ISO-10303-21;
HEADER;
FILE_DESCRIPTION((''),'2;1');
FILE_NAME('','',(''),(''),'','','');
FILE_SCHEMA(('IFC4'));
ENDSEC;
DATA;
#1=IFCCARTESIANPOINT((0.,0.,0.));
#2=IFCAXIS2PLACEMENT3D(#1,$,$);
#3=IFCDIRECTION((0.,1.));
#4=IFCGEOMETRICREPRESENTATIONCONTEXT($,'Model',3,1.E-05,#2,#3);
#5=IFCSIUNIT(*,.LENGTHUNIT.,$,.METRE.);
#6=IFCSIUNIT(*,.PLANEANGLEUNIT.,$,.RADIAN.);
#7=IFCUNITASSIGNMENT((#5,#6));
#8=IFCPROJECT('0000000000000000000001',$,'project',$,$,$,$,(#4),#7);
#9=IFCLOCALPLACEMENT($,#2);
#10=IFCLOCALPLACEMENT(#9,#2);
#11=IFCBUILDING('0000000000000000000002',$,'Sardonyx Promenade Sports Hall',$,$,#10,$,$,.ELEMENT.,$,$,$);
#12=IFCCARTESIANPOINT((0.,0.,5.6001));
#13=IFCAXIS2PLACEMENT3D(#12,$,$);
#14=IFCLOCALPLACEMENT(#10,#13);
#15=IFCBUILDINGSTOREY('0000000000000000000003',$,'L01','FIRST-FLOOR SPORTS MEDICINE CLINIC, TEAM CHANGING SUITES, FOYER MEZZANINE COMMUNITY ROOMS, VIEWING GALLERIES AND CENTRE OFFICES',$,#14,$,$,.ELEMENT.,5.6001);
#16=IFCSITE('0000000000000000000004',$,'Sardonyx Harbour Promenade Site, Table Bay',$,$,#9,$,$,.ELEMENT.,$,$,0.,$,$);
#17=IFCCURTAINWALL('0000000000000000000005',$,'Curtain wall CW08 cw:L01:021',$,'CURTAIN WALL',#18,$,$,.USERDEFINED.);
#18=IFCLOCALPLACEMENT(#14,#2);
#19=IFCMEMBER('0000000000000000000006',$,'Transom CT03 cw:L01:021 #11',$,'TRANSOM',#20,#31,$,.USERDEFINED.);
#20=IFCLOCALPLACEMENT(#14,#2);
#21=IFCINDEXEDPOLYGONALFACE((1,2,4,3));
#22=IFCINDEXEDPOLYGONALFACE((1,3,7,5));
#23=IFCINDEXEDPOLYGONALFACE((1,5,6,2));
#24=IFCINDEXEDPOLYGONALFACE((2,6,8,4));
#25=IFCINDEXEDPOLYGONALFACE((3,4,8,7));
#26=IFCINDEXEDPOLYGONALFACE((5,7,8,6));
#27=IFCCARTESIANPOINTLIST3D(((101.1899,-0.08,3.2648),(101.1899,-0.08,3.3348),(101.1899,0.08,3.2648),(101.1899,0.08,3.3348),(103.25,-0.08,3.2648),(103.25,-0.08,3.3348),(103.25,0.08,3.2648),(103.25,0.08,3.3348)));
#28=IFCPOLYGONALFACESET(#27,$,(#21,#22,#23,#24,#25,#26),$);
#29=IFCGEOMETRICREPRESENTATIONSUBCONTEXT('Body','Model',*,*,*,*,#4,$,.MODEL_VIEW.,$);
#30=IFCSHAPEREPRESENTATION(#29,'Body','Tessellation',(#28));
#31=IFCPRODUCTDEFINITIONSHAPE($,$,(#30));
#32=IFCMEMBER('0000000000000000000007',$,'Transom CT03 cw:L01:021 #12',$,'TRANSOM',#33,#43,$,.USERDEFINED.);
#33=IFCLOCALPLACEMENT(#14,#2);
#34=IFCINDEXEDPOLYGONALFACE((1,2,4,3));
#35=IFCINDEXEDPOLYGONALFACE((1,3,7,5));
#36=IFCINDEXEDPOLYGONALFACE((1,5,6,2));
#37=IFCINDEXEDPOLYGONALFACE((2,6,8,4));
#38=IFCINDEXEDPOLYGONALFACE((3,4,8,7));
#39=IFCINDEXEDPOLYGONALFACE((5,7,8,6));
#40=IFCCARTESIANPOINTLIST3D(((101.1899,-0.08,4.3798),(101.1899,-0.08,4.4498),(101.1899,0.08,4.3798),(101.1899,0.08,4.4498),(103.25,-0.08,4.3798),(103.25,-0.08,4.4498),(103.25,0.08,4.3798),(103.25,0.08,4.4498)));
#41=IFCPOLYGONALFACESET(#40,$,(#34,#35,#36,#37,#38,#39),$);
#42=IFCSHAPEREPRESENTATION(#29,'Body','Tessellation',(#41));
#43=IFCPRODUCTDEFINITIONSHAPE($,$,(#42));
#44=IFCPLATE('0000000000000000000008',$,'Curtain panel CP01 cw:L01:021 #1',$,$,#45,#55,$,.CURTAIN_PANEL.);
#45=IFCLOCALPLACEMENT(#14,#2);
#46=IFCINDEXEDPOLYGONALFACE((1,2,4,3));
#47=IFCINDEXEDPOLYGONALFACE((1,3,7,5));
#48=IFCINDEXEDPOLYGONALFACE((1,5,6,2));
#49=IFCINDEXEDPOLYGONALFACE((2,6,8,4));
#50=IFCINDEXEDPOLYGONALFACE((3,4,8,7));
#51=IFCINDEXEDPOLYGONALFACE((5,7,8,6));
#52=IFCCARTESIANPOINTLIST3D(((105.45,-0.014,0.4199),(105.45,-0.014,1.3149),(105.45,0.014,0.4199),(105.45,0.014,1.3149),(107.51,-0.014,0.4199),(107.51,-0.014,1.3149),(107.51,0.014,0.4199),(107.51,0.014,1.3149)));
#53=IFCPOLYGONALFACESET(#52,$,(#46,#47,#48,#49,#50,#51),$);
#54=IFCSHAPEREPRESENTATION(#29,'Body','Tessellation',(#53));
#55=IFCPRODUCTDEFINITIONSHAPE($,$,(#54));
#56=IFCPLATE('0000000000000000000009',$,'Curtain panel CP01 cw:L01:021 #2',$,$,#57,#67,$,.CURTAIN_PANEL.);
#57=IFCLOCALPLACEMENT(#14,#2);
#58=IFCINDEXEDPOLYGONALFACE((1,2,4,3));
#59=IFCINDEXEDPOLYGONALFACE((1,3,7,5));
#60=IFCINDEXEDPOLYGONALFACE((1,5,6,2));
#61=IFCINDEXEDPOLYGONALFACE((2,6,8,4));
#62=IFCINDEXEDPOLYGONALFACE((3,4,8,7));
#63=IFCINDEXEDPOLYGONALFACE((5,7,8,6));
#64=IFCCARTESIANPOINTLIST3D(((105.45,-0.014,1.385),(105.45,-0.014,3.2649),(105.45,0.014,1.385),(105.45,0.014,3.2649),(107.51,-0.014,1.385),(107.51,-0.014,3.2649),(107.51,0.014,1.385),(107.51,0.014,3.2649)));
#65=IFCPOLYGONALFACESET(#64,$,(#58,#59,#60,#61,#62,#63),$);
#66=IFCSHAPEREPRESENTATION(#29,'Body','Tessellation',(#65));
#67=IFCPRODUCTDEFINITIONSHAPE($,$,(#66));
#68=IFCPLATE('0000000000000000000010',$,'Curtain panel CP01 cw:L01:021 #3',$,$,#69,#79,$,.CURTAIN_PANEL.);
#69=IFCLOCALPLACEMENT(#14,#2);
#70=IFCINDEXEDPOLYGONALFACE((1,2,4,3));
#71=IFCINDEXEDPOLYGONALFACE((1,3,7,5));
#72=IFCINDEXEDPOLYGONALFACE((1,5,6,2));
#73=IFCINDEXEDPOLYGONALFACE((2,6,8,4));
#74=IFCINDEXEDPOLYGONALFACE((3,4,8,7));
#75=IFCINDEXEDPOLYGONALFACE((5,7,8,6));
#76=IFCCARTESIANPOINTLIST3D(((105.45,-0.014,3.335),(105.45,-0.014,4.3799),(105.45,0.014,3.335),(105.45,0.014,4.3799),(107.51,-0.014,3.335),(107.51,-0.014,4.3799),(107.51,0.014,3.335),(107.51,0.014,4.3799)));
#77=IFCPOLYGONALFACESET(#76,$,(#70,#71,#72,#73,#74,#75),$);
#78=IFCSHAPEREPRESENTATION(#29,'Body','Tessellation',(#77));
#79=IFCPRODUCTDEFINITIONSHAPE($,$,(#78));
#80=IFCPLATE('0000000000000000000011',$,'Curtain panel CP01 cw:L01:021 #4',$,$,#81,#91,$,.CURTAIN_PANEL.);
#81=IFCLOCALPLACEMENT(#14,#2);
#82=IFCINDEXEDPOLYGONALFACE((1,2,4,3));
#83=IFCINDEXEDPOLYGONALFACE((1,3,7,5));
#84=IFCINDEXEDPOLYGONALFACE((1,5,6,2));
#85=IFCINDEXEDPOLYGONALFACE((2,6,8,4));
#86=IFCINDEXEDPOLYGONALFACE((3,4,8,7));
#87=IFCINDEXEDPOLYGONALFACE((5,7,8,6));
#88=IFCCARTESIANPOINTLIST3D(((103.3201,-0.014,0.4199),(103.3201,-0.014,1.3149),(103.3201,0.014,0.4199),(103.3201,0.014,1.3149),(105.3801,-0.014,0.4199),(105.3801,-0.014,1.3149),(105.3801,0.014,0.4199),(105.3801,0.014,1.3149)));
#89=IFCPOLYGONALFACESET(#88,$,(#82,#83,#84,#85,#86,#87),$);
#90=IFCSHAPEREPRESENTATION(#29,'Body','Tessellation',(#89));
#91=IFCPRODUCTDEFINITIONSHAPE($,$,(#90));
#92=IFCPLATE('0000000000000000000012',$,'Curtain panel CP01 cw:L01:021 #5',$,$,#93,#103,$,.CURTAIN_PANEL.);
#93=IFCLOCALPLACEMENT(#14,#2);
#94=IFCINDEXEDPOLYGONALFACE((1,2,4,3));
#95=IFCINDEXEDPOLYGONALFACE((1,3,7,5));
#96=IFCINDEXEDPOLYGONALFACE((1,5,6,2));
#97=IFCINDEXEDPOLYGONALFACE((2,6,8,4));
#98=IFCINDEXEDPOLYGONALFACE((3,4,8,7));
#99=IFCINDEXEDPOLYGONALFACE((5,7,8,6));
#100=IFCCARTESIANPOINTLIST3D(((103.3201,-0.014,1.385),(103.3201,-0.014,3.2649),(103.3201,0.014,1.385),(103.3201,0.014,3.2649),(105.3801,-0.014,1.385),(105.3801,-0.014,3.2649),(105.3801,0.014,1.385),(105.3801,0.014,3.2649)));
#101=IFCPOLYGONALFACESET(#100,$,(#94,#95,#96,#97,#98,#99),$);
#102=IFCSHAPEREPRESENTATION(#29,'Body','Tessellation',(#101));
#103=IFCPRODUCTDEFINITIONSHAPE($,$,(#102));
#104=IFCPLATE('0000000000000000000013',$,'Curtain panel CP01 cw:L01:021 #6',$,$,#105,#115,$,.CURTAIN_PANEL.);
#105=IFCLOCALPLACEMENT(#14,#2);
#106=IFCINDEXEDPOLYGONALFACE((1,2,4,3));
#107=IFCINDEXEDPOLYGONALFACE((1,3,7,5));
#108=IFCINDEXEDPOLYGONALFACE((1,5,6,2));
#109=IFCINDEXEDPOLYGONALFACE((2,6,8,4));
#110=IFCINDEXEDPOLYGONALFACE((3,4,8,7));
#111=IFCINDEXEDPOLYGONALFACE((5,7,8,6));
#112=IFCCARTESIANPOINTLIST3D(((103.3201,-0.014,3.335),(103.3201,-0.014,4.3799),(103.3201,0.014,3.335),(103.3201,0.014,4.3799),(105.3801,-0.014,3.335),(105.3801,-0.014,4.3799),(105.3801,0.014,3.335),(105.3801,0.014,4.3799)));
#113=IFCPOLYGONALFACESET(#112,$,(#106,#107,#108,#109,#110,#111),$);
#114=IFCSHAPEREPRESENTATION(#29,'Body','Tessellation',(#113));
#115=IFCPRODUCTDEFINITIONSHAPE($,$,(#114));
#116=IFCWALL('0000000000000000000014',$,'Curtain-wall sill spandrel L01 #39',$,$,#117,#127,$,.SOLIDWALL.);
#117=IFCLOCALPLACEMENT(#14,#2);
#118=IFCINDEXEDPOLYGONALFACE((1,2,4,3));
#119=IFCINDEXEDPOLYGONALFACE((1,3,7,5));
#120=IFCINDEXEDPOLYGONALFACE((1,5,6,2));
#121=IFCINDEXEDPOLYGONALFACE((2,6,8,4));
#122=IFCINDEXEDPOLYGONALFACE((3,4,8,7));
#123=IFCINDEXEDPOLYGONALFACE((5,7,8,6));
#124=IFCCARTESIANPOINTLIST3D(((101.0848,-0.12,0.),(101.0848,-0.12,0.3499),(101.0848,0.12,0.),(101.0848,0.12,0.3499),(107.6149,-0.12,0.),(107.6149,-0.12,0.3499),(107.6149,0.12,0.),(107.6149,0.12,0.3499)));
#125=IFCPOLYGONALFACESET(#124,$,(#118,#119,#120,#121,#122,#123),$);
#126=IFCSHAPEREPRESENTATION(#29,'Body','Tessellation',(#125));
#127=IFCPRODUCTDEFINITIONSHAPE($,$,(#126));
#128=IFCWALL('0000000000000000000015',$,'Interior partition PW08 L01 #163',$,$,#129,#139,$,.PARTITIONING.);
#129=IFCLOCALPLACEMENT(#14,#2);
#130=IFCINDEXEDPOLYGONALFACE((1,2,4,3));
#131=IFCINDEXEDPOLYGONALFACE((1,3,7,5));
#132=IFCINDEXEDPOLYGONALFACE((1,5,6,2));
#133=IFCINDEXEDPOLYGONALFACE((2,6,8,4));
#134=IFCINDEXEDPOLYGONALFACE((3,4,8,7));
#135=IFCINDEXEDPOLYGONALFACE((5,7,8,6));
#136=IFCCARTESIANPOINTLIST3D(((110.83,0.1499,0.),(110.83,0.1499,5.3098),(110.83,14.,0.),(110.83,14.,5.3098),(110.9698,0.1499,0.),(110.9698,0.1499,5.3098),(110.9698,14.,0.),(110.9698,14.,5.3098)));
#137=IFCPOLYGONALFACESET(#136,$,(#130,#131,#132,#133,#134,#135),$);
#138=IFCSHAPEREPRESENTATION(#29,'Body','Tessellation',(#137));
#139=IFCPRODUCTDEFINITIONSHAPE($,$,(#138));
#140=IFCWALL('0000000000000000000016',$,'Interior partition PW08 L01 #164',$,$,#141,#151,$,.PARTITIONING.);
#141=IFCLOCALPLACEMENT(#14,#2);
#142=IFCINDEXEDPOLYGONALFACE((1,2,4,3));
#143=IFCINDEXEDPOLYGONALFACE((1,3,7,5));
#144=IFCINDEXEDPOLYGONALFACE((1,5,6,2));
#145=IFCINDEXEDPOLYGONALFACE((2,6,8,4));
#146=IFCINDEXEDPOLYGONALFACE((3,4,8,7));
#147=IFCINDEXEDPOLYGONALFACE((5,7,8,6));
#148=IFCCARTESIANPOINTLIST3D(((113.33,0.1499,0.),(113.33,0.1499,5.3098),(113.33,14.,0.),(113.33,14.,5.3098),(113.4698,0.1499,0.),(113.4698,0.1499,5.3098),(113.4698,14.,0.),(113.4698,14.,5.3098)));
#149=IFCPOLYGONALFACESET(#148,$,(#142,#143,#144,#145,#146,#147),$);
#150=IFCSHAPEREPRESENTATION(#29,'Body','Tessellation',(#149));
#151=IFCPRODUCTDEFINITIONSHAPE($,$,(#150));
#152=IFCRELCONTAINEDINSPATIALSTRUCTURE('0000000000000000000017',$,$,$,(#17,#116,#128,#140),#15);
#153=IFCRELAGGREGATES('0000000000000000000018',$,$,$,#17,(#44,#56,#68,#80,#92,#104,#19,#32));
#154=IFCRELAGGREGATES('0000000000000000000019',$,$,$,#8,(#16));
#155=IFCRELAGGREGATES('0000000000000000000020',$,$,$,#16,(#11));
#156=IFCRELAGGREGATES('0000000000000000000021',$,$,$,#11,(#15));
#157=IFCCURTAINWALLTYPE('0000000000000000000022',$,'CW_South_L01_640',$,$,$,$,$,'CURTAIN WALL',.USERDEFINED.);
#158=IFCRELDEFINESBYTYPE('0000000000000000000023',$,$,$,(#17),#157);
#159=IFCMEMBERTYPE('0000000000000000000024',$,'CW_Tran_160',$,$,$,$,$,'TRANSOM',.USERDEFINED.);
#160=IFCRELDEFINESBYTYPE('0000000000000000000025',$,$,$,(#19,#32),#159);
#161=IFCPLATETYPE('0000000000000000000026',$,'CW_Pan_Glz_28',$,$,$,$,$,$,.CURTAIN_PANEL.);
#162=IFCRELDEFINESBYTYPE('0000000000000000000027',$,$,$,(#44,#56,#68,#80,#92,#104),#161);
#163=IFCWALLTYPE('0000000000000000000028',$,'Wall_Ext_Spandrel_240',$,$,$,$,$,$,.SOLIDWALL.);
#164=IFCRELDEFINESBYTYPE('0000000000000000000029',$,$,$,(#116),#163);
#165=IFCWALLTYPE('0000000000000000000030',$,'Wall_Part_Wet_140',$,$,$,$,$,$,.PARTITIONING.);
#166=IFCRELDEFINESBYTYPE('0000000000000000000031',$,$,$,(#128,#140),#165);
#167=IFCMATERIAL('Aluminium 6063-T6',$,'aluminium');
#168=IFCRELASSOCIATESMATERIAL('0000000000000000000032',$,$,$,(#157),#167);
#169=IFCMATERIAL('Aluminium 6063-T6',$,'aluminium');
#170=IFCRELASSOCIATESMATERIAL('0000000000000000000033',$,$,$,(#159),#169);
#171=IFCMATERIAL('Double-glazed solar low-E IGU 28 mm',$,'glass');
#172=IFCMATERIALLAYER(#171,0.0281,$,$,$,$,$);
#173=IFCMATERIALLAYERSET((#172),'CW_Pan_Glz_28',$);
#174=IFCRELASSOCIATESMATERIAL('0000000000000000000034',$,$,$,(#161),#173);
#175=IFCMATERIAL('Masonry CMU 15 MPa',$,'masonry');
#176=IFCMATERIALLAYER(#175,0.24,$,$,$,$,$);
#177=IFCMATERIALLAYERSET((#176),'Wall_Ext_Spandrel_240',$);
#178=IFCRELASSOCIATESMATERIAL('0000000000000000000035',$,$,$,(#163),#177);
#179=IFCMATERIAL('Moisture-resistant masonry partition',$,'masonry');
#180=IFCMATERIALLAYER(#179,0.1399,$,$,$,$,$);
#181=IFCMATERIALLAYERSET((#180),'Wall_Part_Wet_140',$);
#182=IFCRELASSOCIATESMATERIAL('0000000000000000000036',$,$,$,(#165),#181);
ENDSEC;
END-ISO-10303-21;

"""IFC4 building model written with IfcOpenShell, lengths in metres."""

from ifc_helpers import new_model, si_unit, direction, frame, frame_2d, origin, origin_2d, place, context, subcontext, project, spatial, rectangle, extrude, material, layer, layer_set, material_profile, profile_set, type_object, element, aggregate, save


model = new_model("IFC4")

# Units and contexts
model_context = context("Model", 3, precision=1e-05, world=origin(), true_north=direction((0.0, 1.0)))
body_context = subcontext(model_context, "Body", "Model", "MODEL_VIEW")
ifc_project = project(units=[si_unit("LENGTHUNIT", "METRE"), si_unit("PLANEANGLEUNIT", "RADIAN")], contexts=[model_context])

# Site, building, storey
site_placement = place(None, origin())
site = spatial("IfcSite", under=ifc_project, at=site_placement, Name="Sardonyx Harbour Promenade Site, Table Bay", CompositionType="ELEMENT", RefElevation=0.0)
building_placement = place(site_placement, origin())
building = spatial("IfcBuilding", under=site, at=building_placement, Name="Sardonyx Promenade Sports Hall", CompositionType="ELEMENT")
storey_placement = place(building_placement, frame((0.0, 0.0, 5.6001)))
storey = spatial("IfcBuildingStorey", under=building, at=storey_placement, Name="L01", Description="FIRST-FLOOR SPORTS MEDICINE CLINIC, TEAM CHANGING SUITES, FOYER MEZZANINE COMMUNITY ROOMS, VIEWING GALLERIES AND CENTRE OFFICES", CompositionType="ELEMENT", Elevation=5.6001)

# Curtain wall, members, plates
ifc_material_1 = material(Name="Aluminium 6063-T6", Category="aluminium")
curtain_wall_type = type_object("IfcCurtainWallType", Name="CW_South_L01_640", ElementType="CURTAIN WALL", PredefinedType="USERDEFINED", material=ifc_material_1)
curtain_wall_placement = place(storey_placement, origin())
curtain_wall = element("IfcCurtainWall", 1, at=curtain_wall_placement, inside=storey, type_object=curtain_wall_type, Name="Curtain wall CW08 cw:L01:021", ObjectType="CURTAIN WALL", PredefinedType="USERDEFINED")
ifc_material_2 = material(Name="Aluminium 6063-T6", Category="aluminium")
ifc_material_profile_1 = material_profile(ifc_material_2, rectangle(XDim=0.0701, YDim=0.1599, at=origin_2d()))
ifc_profile_set_1 = profile_set([ifc_material_profile_1], Name="Aluminium 6063-T6")
member_type_1 = type_object("IfcMemberType", Name="CW_Tran_160", ElementType="TRANSOM", PredefinedType="USERDEFINED", material=ifc_profile_set_1)
member_1_placement = place(storey_placement, frame((103.25, 0.0, 3.2998), z_axis=(-1.0, 0.0, 0.0), x_axis=(0.0, 0.0, 1.0)))
member_1 = element("IfcMember", 2, at=member_1_placement, type_object=member_type_1, Name="Transom CT03 cw:L01:021 #11", ObjectType="TRANSOM", PredefinedType="USERDEFINED", context=body_context, shape_type="SweptSolid", body=[
    extrude(rectangle(XDim=0.0701, YDim=0.1599, at=origin_2d()), origin(), (0.0, 0.0, 1.0), 2.0601),
])
member_2_placement = place(storey_placement, frame((103.25, 0.0, 4.4148), z_axis=(-1.0, 0.0, 0.0), x_axis=(0.0, 0.0, 1.0)))
member_2 = element("IfcMember", 3, at=member_2_placement, type_object=member_type_1, Name="Transom CT03 cw:L01:021 #12", ObjectType="TRANSOM", PredefinedType="USERDEFINED", context=body_context, shape_type="SweptSolid", body=[
    extrude(rectangle(XDim=0.0701, YDim=0.1599, at=origin_2d()), origin(), (0.0, 0.0, 1.0), 2.0601),
])
ifc_material_3 = material(Name="Double-glazed solar low-E IGU 28 mm", Category="glass")
ifc_layer_1 = layer(ifc_material_3, 0.0281)
ifc_layer_set_1 = layer_set([ifc_layer_1], Name="CW_Pan_Glz_28")
plate_type = type_object("IfcPlateType", Name="CW_Pan_Glz_28", PredefinedType="CURTAIN_PANEL", material=ifc_layer_set_1)
plate_1_placement = place(storey_placement, frame((106.48, 0.0, 0.4199), z_axis=(0.0, 0.0, 1.0), x_axis=(-1.0, 0.0, 0.0)))
plate_1 = element("IfcPlate", 4, at=plate_1_placement, type_object=plate_type, Name="Curtain panel CP01 cw:L01:021 #1", PredefinedType="CURTAIN_PANEL", context=body_context, shape_type="SweptSolid", body=[
    extrude(rectangle(XDim=2.0601, YDim=0.0281, at=origin_2d()), origin(), (0.0, 0.0, 1.0), 0.895),
])
plate_2_placement = place(storey_placement, frame((106.48, 0.0, 1.385), z_axis=(0.0, 0.0, 1.0), x_axis=(-1.0, 0.0, 0.0)))
plate_2 = element("IfcPlate", 5, at=plate_2_placement, type_object=plate_type, Name="Curtain panel CP01 cw:L01:021 #2", PredefinedType="CURTAIN_PANEL", context=body_context, shape_type="SweptSolid", body=[
    extrude(rectangle(XDim=2.0601, YDim=0.0281, at=origin_2d()), origin(), (0.0, 0.0, 1.0), 1.8799),
])
plate_3_placement = place(storey_placement, frame((106.48, 0.0, 3.335), z_axis=(0.0, 0.0, 1.0), x_axis=(-1.0, 0.0, 0.0)))
plate_3 = element("IfcPlate", 6, at=plate_3_placement, type_object=plate_type, Name="Curtain panel CP01 cw:L01:021 #3", PredefinedType="CURTAIN_PANEL", context=body_context, shape_type="SweptSolid", body=[
    extrude(rectangle(XDim=2.0601, YDim=0.0281, at=origin_2d()), origin(), (0.0, 0.0, 1.0), 1.0449),
])
plate_4_placement = place(storey_placement, frame((104.3501, 0.0, 0.4199), z_axis=(0.0, 0.0, 1.0), x_axis=(-1.0, 0.0, 0.0)))
plate_4 = element("IfcPlate", 7, at=plate_4_placement, type_object=plate_type, Name="Curtain panel CP01 cw:L01:021 #4", PredefinedType="CURTAIN_PANEL", context=body_context, shape_type="SweptSolid", body=[
    extrude(rectangle(XDim=2.0601, YDim=0.0281, at=origin_2d()), origin(), (0.0, 0.0, 1.0), 0.895),
])
plate_5_placement = place(storey_placement, frame((104.3501, 0.0, 1.385), z_axis=(0.0, 0.0, 1.0), x_axis=(-1.0, 0.0, 0.0)))
plate_5 = element("IfcPlate", 8, at=plate_5_placement, type_object=plate_type, Name="Curtain panel CP01 cw:L01:021 #5", PredefinedType="CURTAIN_PANEL", context=body_context, shape_type="SweptSolid", body=[
    extrude(rectangle(XDim=2.0601, YDim=0.0281, at=origin_2d()), origin(), (0.0, 0.0, 1.0), 1.8799),
])
plate_6_placement = place(storey_placement, frame((104.3501, 0.0, 3.335), z_axis=(0.0, 0.0, 1.0), x_axis=(-1.0, 0.0, 0.0)))
plate_6 = element("IfcPlate", 9, at=plate_6_placement, type_object=plate_type, Name="Curtain panel CP01 cw:L01:021 #6", PredefinedType="CURTAIN_PANEL", context=body_context, shape_type="SweptSolid", body=[
    extrude(rectangle(XDim=2.0601, YDim=0.0281, at=origin_2d()), origin(), (0.0, 0.0, 1.0), 1.0449),
])
aggregate(curtain_wall, [plate_1, plate_2, plate_3, plate_4, plate_5, plate_6, member_1, member_2])

# Walls
ifc_material_4 = material(Name="Masonry CMU 15 MPa", Category="masonry")
ifc_layer_2 = layer(ifc_material_4, 0.24)
ifc_layer_set_2 = layer_set([ifc_layer_2], Name="Wall_Ext_Spandrel_240")
wall_type_1 = type_object("IfcWallType", Name="Wall_Ext_Spandrel_240", PredefinedType="SOLIDWALL", material=ifc_layer_set_2)
wall_placement = place(storey_placement, frame((107.615, 0.0, 0.0), z_axis=(0.0, 0.0, 1.0), x_axis=(-1.0, 0.0, 0.0)))
element("IfcWall", 10, at=wall_placement, inside=storey, type_object=wall_type_1, Name="Curtain-wall sill spandrel L01 #39", PredefinedType="SOLIDWALL", context=body_context, shape_type="SweptSolid", body=[
    extrude(rectangle(XDim=6.53, YDim=0.24, at=frame_2d((3.2651, 0.0))), origin(), (0.0, 0.0, 1.0), 0.3499),
])
ifc_material_5 = material(Name="Moisture-resistant masonry partition", Category="masonry")
ifc_layer_3 = layer(ifc_material_5, 0.1399)
ifc_layer_set_3 = layer_set([ifc_layer_3], Name="Wall_Part_Wet_140")
wall_type_2 = type_object("IfcWallType", Name="Wall_Part_Wet_140", PredefinedType="PARTITIONING", material=ifc_layer_set_3)
for number, where, z_axis, x_axis, name in (
    (11, (110.8999, 0.1499, 0.0), (0.0, 0.0, 1.0), (0.0, 1.0, 0.0), "Interior partition PW08 L01 #163"),
    (12, (113.3999, 0.1499, 0.0), (0.0, 0.0, 1.0), (0.0, 1.0, 0.0), "Interior partition PW08 L01 #164"),
):
    element("IfcWall", number, at=place(storey_placement, frame(where, z_axis=z_axis, x_axis=x_axis)), inside=storey, type_object=wall_type_2, Name=name, PredefinedType="PARTITIONING", context=body_context, shape_type="SweptSolid", body=[
        extrude(rectangle(XDim=13.8501, YDim=0.1399, at=frame_2d((6.925, 0.0))), origin(), (0.0, 0.0, 1.0), 5.3098),
    ])

save(model, "model.ifc")
